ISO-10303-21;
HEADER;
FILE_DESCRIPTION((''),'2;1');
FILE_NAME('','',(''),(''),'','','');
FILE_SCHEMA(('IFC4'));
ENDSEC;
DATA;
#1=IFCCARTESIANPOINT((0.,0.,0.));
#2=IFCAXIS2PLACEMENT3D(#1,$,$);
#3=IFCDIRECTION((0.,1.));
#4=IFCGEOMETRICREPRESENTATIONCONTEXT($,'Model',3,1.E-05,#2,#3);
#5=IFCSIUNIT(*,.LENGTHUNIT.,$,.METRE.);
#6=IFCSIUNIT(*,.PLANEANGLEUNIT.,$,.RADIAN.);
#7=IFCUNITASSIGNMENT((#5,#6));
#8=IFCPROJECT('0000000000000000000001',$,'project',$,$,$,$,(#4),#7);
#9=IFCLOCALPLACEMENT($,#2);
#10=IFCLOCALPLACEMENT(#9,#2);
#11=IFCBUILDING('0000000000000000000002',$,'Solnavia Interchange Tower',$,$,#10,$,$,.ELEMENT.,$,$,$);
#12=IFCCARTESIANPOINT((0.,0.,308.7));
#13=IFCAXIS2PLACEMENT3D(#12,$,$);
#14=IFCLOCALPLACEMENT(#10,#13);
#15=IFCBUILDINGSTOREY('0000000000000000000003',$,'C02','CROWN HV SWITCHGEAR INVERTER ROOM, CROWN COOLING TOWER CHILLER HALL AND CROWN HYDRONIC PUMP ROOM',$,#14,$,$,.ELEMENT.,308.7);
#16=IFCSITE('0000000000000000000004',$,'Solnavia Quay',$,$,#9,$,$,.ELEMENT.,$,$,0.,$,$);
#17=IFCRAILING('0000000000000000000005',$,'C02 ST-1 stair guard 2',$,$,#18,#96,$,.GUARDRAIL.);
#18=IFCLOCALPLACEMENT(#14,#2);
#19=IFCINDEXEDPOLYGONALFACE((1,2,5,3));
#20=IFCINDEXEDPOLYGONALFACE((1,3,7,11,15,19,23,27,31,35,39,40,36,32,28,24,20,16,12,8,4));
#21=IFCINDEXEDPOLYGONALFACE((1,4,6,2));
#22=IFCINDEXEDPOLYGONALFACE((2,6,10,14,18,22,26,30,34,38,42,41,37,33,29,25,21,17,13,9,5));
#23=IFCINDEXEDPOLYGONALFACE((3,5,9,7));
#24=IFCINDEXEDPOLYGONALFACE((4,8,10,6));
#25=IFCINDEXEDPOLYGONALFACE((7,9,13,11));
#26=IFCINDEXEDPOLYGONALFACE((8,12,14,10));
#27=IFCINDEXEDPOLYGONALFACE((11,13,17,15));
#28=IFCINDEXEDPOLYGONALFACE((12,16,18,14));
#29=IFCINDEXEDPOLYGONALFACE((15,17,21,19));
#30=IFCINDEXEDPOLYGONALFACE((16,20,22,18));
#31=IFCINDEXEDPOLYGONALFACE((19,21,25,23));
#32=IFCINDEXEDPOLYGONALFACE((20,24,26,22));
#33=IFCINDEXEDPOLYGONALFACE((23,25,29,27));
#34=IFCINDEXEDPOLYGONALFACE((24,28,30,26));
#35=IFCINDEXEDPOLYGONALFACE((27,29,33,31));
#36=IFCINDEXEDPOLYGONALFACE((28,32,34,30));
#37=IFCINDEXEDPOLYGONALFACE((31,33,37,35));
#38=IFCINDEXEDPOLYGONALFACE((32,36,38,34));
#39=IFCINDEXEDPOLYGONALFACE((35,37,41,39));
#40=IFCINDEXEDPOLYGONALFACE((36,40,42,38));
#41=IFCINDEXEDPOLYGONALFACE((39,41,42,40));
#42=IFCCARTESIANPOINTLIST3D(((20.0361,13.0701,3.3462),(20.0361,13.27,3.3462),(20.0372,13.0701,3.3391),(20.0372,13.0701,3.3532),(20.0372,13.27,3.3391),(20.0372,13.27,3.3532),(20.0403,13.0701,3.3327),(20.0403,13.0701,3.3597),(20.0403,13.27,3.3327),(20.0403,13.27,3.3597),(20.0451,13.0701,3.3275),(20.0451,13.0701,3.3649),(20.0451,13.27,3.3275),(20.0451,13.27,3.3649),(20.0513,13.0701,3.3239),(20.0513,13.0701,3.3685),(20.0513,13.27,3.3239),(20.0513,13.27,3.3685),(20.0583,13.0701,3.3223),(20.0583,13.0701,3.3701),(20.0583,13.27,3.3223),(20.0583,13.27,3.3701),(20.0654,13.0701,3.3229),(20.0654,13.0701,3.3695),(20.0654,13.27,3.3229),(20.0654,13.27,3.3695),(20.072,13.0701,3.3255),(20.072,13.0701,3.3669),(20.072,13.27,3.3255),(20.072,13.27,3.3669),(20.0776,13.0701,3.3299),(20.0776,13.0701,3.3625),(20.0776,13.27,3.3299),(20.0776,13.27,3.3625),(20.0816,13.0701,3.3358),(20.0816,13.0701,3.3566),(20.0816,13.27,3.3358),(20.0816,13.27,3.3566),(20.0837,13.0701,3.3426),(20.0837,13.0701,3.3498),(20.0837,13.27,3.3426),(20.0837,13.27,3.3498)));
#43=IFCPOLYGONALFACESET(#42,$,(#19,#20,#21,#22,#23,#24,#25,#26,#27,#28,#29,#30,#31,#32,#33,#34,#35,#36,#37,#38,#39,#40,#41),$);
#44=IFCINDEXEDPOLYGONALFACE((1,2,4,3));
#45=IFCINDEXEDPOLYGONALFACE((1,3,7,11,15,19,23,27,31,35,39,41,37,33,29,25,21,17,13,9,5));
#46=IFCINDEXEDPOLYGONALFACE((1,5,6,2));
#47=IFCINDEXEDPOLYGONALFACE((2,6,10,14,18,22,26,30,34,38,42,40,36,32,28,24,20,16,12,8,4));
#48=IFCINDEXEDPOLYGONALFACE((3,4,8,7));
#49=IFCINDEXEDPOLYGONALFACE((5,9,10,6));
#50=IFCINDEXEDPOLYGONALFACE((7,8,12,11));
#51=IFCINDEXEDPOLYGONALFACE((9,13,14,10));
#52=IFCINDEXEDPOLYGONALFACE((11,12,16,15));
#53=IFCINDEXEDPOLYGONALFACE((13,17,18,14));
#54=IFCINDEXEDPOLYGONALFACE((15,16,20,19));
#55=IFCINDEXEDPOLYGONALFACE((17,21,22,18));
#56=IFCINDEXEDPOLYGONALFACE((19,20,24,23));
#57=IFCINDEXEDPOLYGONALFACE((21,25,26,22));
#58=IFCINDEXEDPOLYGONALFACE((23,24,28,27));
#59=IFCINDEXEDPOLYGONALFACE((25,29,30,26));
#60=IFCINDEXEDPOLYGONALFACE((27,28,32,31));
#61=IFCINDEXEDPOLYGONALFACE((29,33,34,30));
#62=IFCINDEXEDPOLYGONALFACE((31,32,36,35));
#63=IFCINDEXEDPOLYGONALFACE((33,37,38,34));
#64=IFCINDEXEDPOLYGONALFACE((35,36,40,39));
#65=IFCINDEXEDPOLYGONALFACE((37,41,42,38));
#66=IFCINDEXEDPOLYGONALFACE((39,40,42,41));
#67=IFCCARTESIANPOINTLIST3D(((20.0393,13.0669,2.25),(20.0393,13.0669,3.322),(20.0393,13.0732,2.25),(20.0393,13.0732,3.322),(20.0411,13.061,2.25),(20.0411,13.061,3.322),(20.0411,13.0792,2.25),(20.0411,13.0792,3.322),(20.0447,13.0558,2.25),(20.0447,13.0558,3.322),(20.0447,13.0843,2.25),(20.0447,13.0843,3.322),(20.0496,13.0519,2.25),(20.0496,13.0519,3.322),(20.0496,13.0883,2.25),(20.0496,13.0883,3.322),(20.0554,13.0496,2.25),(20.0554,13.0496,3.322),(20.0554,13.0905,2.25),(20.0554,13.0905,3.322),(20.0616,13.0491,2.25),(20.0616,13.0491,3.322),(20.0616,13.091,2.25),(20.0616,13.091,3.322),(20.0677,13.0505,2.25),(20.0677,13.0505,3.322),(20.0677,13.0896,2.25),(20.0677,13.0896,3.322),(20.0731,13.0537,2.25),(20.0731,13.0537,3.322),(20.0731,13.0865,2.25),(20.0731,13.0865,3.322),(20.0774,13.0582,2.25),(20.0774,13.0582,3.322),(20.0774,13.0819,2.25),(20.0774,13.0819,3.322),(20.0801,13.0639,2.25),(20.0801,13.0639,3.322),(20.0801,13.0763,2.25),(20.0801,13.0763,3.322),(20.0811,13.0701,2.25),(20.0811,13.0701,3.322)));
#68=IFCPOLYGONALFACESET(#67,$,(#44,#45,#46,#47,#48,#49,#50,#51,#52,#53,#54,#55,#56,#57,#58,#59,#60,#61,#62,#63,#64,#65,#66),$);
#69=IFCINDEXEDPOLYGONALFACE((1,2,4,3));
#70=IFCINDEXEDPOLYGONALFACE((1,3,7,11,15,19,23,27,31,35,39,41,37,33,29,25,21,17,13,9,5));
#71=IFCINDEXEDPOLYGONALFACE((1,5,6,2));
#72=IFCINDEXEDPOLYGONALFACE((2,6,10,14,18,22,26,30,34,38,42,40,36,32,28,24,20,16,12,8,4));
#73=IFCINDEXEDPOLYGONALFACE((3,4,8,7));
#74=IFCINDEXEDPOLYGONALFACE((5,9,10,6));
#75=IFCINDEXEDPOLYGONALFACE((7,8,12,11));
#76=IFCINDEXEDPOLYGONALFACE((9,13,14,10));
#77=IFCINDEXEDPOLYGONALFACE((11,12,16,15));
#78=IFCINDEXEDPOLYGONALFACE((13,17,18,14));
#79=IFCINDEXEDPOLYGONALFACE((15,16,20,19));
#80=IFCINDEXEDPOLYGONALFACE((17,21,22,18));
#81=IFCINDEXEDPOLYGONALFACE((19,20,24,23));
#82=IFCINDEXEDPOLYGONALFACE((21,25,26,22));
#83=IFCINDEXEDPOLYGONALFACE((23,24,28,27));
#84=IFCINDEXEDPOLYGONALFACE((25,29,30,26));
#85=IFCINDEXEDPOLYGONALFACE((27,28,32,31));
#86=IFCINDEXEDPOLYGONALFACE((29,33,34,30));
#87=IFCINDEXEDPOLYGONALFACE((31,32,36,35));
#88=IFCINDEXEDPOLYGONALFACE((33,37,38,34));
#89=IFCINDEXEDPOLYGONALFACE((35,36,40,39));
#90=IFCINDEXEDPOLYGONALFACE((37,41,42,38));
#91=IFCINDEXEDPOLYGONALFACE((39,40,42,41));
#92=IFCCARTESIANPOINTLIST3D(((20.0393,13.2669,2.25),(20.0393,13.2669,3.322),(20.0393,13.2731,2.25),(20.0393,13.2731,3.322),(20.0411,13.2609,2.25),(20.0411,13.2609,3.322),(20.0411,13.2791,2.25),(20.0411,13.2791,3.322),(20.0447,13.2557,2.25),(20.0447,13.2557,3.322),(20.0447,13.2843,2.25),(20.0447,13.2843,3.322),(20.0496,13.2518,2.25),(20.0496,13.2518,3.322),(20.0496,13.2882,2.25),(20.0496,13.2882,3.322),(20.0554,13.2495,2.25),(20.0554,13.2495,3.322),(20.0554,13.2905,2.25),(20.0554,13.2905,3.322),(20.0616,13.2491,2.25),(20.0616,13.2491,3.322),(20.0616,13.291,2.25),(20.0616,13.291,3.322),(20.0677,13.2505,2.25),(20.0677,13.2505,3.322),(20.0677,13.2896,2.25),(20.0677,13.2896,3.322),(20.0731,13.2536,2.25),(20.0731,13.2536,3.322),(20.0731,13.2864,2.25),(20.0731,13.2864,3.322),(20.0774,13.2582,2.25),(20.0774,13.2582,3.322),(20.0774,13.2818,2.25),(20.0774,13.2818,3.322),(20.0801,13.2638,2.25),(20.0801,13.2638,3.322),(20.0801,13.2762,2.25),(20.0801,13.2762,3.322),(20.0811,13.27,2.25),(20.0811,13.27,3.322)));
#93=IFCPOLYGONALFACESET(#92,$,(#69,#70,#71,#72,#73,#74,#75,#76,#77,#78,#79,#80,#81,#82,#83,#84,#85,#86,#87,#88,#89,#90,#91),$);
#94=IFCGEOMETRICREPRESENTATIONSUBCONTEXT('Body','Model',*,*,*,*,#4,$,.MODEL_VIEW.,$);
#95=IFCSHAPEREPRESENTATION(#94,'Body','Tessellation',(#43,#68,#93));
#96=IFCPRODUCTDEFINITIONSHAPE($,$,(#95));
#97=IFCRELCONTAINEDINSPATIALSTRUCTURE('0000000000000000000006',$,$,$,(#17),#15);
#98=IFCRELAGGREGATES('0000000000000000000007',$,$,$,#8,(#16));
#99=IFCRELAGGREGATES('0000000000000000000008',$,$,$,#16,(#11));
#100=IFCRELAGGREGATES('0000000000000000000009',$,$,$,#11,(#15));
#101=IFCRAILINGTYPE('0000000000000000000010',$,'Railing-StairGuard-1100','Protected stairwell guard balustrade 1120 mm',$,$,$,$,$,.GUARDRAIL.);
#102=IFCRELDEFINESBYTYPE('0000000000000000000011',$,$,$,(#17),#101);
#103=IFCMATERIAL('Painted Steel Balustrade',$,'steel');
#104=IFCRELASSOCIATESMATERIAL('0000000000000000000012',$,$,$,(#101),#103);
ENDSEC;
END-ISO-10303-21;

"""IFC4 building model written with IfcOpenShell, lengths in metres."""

from ifc_helpers import new_model, si_unit, direction, frame, origin, origin_2d, place, context, subcontext, project, spatial, circle, extrude, material, type_object, element, save


model = new_model("IFC4")

# Units and contexts
model_context = context("Model", 3, precision=1e-05, world=origin(), true_north=direction((0.0, 1.0)))
body_context = subcontext(model_context, "Body", "Model", "MODEL_VIEW")
ifc_project = project(units=[si_unit("LENGTHUNIT", "METRE"), si_unit("PLANEANGLEUNIT", "RADIAN")], contexts=[model_context])

# Site, building, storey
site_placement = place(None, origin())
site = spatial("IfcSite", under=ifc_project, at=site_placement, Name="Solnavia Quay", CompositionType="ELEMENT", RefElevation=0.0)
building_placement = place(site_placement, origin())
building = spatial("IfcBuilding", under=site, at=building_placement, Name="Solnavia Interchange Tower", CompositionType="ELEMENT")
storey_placement = place(building_placement, frame((0.0, 0.0, 308.7)))
storey = spatial("IfcBuildingStorey", under=building, at=storey_placement, Name="C02", Description="CROWN HV SWITCHGEAR INVERTER ROOM, CROWN COOLING TOWER CHILLER HALL AND CROWN HYDRONIC PUMP ROOM", CompositionType="ELEMENT", Elevation=308.7)

# Railing
ifc_material_1 = material(Name="Painted Steel Balustrade", Category="steel")
railing_type_1 = type_object("IfcRailingType", Name="Railing-StairGuard-1100", Description="Protected stairwell guard balustrade 1120 mm", PredefinedType="GUARDRAIL", material=ifc_material_1)
railing_1_placement = place(storey_placement, frame((20.0601, 13.0701, 2.25)))
element("IfcRailing", 1, at=railing_1_placement, inside=storey, type_object=railing_type_1, Name="C02 ST-1 stair guard 2", PredefinedType="GUARDRAIL", context=body_context, shape_type="SweptSolid", body=[
    extrude(circle(Radius=0.0239, at=origin_2d()), frame((0.0, 0.0, 1.0962), z_axis=(0.0, 1.0, 0.0), x_axis=(-1.0, 0.0, 0.0)), (0.0, 0.0, 1.0), 0.2),
    extrude(circle(Radius=0.021, at=origin_2d()), origin(), (0.0, 0.0, 1.0), 1.072),
    extrude(circle(Radius=0.021, at=origin_2d()), frame((0.0, 0.2, 0.0)), (0.0, 0.0, 1.0), 1.072),
])

save(model, "model.ifc")
